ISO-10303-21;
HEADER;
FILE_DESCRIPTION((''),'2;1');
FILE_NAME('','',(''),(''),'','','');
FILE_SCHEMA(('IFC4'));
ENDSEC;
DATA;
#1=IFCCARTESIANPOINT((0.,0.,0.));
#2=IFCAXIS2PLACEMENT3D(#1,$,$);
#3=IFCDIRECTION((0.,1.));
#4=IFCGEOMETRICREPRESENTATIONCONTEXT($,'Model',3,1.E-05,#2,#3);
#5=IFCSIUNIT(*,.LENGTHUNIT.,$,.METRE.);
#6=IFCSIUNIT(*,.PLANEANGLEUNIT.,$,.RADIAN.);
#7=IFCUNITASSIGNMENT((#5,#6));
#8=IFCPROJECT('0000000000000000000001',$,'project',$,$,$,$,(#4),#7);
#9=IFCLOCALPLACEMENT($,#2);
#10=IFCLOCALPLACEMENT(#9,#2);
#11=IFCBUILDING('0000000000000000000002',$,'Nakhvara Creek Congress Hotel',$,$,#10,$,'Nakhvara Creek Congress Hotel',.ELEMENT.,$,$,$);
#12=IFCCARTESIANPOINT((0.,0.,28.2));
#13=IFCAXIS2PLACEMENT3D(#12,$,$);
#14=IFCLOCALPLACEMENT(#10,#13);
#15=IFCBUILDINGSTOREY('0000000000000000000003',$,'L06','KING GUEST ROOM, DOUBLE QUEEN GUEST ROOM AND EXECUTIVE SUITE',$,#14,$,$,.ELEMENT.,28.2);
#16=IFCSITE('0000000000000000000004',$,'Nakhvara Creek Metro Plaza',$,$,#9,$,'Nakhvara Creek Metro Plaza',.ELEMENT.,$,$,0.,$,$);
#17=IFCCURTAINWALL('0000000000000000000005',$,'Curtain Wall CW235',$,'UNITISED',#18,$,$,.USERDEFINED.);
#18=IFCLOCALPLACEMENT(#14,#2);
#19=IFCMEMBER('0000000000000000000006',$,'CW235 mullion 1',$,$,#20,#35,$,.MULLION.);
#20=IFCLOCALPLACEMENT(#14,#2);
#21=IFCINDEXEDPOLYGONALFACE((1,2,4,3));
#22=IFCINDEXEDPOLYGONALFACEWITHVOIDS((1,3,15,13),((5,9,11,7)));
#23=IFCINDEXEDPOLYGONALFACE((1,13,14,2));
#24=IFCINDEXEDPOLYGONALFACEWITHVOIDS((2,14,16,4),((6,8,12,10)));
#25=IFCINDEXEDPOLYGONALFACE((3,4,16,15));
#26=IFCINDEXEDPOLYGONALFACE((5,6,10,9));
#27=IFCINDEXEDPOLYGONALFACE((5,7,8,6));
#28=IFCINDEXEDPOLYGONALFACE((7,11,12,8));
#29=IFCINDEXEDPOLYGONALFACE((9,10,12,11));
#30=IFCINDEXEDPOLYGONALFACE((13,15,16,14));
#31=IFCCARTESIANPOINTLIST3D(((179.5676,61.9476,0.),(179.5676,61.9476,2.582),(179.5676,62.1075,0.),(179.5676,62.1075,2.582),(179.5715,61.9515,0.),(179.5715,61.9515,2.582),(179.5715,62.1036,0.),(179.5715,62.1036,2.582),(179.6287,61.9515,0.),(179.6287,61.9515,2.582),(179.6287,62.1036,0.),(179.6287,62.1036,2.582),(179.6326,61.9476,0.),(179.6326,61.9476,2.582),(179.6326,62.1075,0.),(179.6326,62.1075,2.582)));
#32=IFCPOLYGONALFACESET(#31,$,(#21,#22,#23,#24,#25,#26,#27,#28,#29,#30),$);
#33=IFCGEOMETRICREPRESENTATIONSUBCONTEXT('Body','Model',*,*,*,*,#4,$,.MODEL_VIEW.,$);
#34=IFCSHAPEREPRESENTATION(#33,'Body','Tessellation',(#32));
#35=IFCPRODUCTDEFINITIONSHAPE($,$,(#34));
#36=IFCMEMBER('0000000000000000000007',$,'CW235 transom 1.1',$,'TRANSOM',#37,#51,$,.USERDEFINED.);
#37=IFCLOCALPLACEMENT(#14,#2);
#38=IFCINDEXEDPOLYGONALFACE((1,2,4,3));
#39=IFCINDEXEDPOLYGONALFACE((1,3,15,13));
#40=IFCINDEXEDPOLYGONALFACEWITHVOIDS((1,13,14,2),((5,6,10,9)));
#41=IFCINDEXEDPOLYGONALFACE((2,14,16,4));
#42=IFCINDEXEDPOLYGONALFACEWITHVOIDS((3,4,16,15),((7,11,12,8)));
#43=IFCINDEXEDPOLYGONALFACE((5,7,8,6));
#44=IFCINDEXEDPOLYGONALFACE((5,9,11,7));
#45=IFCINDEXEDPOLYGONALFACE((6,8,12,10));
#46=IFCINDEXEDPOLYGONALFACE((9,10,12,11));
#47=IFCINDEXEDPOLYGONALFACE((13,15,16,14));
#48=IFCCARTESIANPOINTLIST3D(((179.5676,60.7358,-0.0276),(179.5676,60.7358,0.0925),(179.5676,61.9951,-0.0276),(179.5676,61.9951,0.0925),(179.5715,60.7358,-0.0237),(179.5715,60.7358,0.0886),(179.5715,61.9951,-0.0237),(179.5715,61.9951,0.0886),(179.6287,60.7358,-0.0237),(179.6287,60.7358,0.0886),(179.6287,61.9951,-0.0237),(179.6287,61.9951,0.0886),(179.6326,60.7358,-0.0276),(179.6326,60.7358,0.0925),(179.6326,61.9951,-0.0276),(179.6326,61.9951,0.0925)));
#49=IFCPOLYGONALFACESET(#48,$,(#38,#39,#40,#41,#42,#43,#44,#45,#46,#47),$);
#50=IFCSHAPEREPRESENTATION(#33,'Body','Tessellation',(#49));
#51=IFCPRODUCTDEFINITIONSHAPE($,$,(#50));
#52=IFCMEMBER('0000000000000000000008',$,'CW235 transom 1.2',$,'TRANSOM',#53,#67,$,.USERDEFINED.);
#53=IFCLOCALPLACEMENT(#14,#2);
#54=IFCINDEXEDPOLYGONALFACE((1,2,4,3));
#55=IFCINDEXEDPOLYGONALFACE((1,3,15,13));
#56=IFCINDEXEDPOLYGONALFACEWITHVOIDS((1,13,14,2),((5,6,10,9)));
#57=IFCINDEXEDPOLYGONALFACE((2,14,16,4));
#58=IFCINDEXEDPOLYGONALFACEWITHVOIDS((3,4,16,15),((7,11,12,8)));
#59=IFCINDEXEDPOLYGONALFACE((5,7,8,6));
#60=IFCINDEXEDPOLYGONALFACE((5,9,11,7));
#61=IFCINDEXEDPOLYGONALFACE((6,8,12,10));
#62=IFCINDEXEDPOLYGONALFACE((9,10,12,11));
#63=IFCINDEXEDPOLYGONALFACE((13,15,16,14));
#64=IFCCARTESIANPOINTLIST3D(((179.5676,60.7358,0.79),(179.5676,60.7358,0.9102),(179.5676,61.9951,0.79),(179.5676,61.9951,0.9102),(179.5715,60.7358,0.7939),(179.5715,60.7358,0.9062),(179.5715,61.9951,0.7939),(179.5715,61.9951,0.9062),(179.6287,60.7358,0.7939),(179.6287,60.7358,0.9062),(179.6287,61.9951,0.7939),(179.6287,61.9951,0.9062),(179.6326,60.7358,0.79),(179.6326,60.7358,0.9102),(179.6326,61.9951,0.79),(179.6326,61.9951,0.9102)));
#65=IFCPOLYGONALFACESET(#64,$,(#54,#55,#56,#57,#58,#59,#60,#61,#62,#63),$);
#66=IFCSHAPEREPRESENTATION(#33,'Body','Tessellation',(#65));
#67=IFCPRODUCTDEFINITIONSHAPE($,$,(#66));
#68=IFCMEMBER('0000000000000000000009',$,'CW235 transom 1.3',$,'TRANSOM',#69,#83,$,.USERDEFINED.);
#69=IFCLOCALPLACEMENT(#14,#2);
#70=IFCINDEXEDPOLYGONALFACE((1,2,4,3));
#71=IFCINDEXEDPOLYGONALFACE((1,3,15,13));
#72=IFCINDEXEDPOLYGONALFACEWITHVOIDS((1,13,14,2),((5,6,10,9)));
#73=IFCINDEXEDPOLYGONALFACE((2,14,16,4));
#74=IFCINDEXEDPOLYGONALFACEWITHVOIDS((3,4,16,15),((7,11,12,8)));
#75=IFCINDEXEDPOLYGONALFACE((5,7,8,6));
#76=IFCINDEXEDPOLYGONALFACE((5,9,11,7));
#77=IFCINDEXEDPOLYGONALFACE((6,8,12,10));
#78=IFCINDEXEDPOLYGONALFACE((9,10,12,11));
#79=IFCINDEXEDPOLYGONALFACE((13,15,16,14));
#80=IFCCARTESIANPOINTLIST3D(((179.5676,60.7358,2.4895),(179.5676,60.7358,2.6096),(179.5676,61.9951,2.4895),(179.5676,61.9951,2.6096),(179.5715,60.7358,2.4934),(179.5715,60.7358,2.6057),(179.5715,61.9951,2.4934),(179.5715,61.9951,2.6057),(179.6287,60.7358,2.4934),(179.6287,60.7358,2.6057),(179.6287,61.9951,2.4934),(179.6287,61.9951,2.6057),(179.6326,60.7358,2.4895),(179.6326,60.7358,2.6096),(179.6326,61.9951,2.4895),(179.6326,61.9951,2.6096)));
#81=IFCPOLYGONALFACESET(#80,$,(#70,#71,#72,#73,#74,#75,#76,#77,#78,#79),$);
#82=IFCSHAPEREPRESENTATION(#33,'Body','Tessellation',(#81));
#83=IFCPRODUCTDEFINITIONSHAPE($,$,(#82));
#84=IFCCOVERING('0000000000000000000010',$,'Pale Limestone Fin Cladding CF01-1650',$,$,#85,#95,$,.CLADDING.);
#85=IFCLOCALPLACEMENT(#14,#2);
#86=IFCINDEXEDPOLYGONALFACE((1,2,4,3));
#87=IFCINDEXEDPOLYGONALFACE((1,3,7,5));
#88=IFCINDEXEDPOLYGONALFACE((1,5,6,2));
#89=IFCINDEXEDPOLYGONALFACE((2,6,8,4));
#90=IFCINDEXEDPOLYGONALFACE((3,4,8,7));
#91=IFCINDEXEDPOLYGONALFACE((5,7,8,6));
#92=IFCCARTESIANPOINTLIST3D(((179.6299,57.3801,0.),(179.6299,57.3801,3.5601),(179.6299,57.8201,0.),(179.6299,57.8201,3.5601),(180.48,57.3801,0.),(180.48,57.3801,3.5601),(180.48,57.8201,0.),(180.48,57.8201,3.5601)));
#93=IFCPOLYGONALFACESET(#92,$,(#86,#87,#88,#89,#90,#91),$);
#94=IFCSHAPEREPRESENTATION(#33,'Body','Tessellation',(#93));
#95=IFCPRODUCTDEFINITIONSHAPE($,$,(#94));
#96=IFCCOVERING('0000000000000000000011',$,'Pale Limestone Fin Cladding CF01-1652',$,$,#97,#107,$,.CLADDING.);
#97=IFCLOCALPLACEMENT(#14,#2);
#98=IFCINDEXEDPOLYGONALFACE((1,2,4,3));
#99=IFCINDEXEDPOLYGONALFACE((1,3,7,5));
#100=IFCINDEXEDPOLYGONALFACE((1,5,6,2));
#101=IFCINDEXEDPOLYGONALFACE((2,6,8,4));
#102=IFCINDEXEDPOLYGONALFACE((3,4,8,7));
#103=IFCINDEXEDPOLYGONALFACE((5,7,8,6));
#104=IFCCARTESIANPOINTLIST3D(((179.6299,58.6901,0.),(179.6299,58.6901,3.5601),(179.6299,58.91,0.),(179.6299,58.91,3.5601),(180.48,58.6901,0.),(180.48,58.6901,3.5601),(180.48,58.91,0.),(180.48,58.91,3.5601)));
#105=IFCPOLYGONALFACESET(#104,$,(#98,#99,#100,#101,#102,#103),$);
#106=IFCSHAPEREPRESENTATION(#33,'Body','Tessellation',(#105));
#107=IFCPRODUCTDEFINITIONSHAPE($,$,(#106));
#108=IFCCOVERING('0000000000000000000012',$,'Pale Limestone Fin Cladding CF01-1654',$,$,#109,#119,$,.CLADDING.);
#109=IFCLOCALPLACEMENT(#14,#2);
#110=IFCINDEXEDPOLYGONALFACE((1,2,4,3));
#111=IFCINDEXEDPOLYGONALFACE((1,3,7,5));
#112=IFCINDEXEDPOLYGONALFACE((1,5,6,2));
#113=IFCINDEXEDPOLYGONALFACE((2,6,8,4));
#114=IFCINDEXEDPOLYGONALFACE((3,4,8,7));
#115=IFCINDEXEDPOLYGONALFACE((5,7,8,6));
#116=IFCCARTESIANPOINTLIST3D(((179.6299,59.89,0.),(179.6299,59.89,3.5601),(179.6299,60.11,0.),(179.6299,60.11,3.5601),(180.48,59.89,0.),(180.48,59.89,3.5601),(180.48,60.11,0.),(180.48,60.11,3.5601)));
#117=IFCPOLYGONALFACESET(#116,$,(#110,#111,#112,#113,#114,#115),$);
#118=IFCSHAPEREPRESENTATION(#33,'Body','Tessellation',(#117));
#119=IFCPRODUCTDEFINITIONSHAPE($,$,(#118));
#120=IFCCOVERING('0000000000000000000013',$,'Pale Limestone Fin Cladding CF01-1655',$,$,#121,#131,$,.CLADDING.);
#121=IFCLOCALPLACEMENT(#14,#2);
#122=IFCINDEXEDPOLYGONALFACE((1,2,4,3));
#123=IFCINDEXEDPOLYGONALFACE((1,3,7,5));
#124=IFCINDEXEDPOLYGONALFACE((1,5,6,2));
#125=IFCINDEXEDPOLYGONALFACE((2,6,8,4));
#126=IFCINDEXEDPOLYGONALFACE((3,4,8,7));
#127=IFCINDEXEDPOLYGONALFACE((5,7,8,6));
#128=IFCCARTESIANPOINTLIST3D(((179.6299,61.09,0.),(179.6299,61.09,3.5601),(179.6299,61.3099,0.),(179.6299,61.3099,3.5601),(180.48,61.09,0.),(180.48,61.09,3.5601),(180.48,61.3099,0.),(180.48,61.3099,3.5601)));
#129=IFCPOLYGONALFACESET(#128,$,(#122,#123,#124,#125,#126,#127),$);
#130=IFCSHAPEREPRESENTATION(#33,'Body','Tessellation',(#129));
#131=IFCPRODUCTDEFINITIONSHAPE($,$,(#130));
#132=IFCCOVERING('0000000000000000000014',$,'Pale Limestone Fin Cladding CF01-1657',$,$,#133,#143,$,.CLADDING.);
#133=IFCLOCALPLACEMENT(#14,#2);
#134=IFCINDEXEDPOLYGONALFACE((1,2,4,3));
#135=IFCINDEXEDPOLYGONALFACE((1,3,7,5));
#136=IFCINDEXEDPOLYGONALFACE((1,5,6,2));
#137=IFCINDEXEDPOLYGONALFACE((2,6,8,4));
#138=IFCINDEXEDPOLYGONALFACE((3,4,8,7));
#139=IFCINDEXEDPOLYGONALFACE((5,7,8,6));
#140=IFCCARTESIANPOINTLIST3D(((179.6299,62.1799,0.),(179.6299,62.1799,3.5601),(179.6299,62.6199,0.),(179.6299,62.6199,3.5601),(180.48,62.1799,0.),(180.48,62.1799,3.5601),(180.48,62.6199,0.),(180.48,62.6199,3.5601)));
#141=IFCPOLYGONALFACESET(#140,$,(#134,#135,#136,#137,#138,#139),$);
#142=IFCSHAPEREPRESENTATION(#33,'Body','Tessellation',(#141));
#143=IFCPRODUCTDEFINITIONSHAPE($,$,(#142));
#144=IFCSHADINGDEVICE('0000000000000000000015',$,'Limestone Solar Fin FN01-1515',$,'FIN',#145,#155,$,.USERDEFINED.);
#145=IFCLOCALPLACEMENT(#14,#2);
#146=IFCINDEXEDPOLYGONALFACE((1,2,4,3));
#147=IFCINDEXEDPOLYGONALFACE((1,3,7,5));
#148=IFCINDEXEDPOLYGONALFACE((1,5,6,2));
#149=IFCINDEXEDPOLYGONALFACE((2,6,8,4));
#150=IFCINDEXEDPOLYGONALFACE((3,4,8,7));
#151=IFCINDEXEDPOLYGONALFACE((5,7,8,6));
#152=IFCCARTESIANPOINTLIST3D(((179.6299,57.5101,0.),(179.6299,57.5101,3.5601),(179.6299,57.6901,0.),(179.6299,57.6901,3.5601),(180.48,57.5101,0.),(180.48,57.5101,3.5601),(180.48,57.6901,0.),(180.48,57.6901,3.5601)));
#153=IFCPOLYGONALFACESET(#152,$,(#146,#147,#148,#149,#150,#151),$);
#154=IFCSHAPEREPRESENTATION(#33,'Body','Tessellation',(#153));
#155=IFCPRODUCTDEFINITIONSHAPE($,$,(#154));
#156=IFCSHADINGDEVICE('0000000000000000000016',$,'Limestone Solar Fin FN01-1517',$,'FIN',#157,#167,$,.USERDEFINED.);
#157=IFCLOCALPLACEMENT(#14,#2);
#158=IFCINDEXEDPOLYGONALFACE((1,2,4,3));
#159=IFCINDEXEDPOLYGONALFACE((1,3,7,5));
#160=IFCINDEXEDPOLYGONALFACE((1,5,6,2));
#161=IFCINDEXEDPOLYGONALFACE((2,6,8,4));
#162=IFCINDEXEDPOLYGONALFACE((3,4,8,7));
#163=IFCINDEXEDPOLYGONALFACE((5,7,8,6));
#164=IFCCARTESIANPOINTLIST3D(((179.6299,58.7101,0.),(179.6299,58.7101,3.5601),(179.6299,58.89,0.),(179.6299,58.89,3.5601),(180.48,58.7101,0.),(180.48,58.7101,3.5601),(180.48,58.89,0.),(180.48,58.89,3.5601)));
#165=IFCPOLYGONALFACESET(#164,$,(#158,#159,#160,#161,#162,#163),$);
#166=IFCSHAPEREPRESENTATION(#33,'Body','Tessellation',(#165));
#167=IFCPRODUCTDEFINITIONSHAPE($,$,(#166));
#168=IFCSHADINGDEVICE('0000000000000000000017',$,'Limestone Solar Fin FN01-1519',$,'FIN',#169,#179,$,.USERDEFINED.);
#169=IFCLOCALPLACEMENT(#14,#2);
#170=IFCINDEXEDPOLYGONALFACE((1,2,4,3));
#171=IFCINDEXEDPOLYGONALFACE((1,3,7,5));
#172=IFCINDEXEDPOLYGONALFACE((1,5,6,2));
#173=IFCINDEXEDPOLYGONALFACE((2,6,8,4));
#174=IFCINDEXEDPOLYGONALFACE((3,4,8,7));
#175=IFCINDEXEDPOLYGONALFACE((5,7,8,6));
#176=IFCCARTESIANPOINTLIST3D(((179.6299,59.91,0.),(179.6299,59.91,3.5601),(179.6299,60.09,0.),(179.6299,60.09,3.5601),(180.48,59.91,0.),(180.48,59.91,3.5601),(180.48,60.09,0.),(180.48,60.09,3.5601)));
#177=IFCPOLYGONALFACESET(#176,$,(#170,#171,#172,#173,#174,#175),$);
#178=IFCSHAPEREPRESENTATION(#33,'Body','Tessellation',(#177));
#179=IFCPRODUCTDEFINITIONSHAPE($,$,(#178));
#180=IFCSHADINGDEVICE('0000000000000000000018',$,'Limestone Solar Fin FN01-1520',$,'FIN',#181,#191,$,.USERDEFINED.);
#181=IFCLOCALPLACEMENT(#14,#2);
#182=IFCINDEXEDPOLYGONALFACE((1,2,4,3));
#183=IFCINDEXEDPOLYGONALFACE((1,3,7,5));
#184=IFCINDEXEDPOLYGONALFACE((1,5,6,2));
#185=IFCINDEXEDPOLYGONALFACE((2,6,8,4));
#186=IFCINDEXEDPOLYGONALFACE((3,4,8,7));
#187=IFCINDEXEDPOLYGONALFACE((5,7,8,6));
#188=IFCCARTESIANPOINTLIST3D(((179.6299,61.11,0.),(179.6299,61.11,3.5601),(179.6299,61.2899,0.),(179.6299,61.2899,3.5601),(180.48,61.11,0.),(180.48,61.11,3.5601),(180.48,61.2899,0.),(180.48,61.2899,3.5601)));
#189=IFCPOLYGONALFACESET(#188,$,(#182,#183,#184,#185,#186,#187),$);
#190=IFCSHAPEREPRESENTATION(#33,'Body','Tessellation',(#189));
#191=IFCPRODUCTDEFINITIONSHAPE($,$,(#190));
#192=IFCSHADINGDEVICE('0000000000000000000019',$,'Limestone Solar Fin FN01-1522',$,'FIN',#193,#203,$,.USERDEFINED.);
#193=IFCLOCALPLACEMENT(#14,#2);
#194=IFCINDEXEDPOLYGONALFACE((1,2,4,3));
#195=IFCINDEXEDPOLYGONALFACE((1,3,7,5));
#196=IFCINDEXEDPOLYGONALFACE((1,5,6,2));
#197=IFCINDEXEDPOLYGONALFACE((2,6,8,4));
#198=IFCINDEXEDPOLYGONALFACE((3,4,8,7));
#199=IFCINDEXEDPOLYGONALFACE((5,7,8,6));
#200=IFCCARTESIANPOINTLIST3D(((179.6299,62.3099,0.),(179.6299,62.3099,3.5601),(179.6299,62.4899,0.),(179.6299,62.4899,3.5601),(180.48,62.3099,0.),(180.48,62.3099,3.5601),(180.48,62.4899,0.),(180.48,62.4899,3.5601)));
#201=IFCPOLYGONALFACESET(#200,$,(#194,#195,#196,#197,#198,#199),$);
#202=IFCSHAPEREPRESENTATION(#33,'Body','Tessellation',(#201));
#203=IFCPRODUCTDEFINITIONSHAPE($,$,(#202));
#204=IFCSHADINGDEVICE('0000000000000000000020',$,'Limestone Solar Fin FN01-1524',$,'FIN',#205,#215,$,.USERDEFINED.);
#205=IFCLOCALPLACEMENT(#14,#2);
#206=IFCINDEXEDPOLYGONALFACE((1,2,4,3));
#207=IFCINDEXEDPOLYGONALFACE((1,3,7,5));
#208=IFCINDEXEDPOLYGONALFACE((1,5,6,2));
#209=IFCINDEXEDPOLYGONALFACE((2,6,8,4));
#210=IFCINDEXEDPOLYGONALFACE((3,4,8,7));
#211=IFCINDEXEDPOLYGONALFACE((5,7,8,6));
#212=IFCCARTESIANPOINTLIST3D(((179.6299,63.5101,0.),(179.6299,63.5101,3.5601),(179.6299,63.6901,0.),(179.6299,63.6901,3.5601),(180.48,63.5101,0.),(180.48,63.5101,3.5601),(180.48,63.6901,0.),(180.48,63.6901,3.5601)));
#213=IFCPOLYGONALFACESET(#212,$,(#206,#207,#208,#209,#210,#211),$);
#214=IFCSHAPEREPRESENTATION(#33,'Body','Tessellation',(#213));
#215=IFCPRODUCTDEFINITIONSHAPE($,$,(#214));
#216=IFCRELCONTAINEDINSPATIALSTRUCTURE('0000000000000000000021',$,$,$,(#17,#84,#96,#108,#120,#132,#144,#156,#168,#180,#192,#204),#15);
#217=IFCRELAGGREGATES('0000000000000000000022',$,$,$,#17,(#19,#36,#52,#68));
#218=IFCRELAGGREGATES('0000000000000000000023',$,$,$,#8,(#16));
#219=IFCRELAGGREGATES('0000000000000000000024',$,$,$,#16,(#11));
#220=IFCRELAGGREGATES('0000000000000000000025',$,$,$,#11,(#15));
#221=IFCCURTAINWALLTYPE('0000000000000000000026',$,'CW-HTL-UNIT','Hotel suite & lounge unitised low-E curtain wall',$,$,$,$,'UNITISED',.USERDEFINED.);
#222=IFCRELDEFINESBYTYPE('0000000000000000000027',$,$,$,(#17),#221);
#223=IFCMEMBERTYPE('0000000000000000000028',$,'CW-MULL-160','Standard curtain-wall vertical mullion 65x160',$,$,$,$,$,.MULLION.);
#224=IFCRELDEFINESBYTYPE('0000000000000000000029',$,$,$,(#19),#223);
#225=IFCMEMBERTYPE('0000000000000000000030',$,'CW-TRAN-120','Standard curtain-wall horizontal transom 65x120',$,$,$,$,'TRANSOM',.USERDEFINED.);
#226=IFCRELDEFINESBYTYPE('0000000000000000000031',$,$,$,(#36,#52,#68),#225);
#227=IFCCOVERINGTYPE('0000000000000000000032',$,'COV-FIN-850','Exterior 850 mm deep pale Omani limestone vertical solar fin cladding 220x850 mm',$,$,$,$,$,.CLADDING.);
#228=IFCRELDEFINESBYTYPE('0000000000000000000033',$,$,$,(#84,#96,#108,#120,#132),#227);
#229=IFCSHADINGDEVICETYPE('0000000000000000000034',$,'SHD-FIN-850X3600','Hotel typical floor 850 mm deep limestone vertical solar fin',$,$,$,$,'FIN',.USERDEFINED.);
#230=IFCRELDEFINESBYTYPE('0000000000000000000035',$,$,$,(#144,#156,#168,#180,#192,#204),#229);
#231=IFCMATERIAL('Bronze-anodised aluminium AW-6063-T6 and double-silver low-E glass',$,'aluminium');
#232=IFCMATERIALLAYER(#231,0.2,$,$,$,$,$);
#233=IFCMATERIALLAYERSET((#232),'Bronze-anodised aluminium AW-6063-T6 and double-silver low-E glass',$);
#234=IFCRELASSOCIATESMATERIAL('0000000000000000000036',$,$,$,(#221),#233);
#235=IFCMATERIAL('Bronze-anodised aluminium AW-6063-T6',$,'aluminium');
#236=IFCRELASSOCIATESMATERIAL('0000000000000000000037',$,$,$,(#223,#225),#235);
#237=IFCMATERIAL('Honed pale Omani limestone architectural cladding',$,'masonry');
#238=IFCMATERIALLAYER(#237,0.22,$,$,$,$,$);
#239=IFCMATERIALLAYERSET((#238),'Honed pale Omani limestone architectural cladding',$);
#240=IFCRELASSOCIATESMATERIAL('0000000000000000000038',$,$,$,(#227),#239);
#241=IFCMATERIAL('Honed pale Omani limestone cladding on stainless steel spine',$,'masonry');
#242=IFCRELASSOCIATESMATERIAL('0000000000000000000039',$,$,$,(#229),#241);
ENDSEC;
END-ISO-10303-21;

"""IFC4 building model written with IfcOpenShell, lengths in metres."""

from ifc_helpers import new_model, si_unit, direction, frame, origin, origin_2d, place, context, subcontext, project, spatial, rectangle, hollow_rectangle, extrude, material, layer, layer_set, material_profile, profile_set, type_object, element, aggregate, save


model = new_model("IFC4")

# Units and contexts
model_context = context("Model", 3, precision=1e-05, world=origin(), true_north=direction((0.0, 1.0)))
body_context = subcontext(model_context, "Body", "Model", "MODEL_VIEW")
ifc_project = project(units=[si_unit("LENGTHUNIT", "METRE"), si_unit("PLANEANGLEUNIT", "RADIAN")], contexts=[model_context])

# Site, building, storey
site_placement = place(None, origin())
site = spatial("IfcSite", under=ifc_project, at=site_placement, Name="Nakhvara Creek Metro Plaza", LongName="Nakhvara Creek Metro Plaza", CompositionType="ELEMENT", RefElevation=0.0)
building_placement = place(site_placement, origin())
building = spatial("IfcBuilding", under=site, at=building_placement, Name="Nakhvara Creek Congress Hotel", LongName="Nakhvara Creek Congress Hotel", CompositionType="ELEMENT")
storey_placement = place(building_placement, frame((0.0, 0.0, 28.2)))
storey = spatial("IfcBuildingStorey", under=building, at=storey_placement, Name="L06", Description="KING GUEST ROOM, DOUBLE QUEEN GUEST ROOM AND EXECUTIVE SUITE", CompositionType="ELEMENT", Elevation=28.2)

# Curtain wall, members
ifc_material_1 = material(Name="Bronze-anodised aluminium AW-6063-T6 and double-silver low-E glass", Category="aluminium")
ifc_layer_1 = layer(ifc_material_1, 0.2)
ifc_layer_set_1 = layer_set([ifc_layer_1], Name="Bronze-anodised aluminium AW-6063-T6 and double-silver low-E glass")
curtain_wall_type = type_object("IfcCurtainWallType", Name="CW-HTL-UNIT", Description="Hotel suite & lounge unitised low-E curtain wall", ElementType="UNITISED", PredefinedType="USERDEFINED", material=ifc_layer_set_1)
curtain_wall_placement = place(storey_placement, origin())
curtain_wall = element("IfcCurtainWall", 1, at=curtain_wall_placement, inside=storey, type_object=curtain_wall_type, Name="Curtain Wall CW235", ObjectType="UNITISED", PredefinedType="USERDEFINED")
ifc_material_2 = material(Name="Bronze-anodised aluminium AW-6063-T6", Category="aluminium")
ifc_material_profile_1 = material_profile(ifc_material_2, hollow_rectangle(XDim=0.0649, YDim=0.1599, WallThickness=0.0039, at=origin_2d()), Name="ALU-MULL 65x160x4", Category="LoadBearing")
ifc_profile_set_1 = profile_set([ifc_material_profile_1], Name="Bronze-anodised aluminium AW-6063-T6")
member_type_1 = type_object("IfcMemberType", Name="CW-MULL-160", Description="Standard curtain-wall vertical mullion 65x160", PredefinedType="MULLION", material=ifc_profile_set_1)
member_1_placement = place(storey_placement, frame((179.6001, 62.0276, 0.0), z_axis=(0.0, 0.0, 1.0), x_axis=(1.0, 0.0, 0.0)))
member_1 = element("IfcMember", 2, at=member_1_placement, type_object=member_type_1, Name="CW235 mullion 1", PredefinedType="MULLION", context=body_context, shape_type="SweptSolid", body=[
    extrude(hollow_rectangle(XDim=0.0649, YDim=0.1599, WallThickness=0.0039, at=origin_2d()), origin(), (0.0, 0.0, 1.0), 2.582),
])
ifc_material_profile_2 = material_profile(ifc_material_2, hollow_rectangle(XDim=0.0649, YDim=0.1201, WallThickness=0.0039, at=origin_2d()), Name="ALU-TRAN 65x120x4", Category="LoadBearing")
ifc_profile_set_2 = profile_set([ifc_material_profile_2], Name="Bronze-anodised aluminium AW-6063-T6")
member_type_2 = type_object("IfcMemberType", Name="CW-TRAN-120", Description="Standard curtain-wall horizontal transom 65x120", ElementType="TRANSOM", PredefinedType="USERDEFINED", material=ifc_profile_set_2)
member_2_placement = place(storey_placement, frame((179.6001, 61.9951, 0.0325), z_axis=(0.0, -1.0, 0.0), x_axis=(1.0, 0.0, 0.0)))
member_2 = element("IfcMember", 3, at=member_2_placement, type_object=member_type_2, Name="CW235 transom 1.1", ObjectType="TRANSOM", PredefinedType="USERDEFINED", context=body_context, shape_type="SweptSolid", body=[
    extrude(hollow_rectangle(XDim=0.0649, YDim=0.1201, WallThickness=0.0039, at=origin_2d()), origin(), (0.0, 0.0, 1.0), 1.2593),
])
member_3_placement = place(storey_placement, frame((179.6001, 61.9951, 0.8501), z_axis=(0.0, -1.0, 0.0), x_axis=(1.0, 0.0, 0.0)))
member_3 = element("IfcMember", 4, at=member_3_placement, type_object=member_type_2, Name="CW235 transom 1.2", ObjectType="TRANSOM", PredefinedType="USERDEFINED", context=body_context, shape_type="SweptSolid", body=[
    extrude(hollow_rectangle(XDim=0.0649, YDim=0.1201, WallThickness=0.0039, at=origin_2d()), origin(), (0.0, 0.0, 1.0), 1.2593),
])
member_4_placement = place(storey_placement, frame((179.6001, 61.9951, 2.5496), z_axis=(0.0, -1.0, 0.0), x_axis=(1.0, 0.0, 0.0)))
member_4 = element("IfcMember", 5, at=member_4_placement, type_object=member_type_2, Name="CW235 transom 1.3", ObjectType="TRANSOM", PredefinedType="USERDEFINED", context=body_context, shape_type="SweptSolid", body=[
    extrude(hollow_rectangle(XDim=0.0649, YDim=0.1201, WallThickness=0.0039, at=origin_2d()), origin(), (0.0, 0.0, 1.0), 1.2593),
])
aggregate(curtain_wall, [member_1, member_2, member_3, member_4])

# Coverings
ifc_material_3 = material(Name="Honed pale Omani limestone architectural cladding", Category="masonry")
ifc_layer_2 = layer(ifc_material_3, 0.22)
ifc_layer_set_2 = layer_set([ifc_layer_2], Name="Honed pale Omani limestone architectural cladding")
covering_type = type_object("IfcCoveringType", Name="COV-FIN-850", Description="Exterior 850 mm deep pale Omani limestone vertical solar fin cladding 220x850 mm", PredefinedType="CLADDING", material=ifc_layer_set_2)
covering_1_placement = place(storey_placement, frame((180.0549, 57.6001, 0.0), z_axis=(0.0, 0.0, 1.0), x_axis=(0.0, 1.0, 0.0)))
element("IfcCovering", 6, at=covering_1_placement, inside=storey, type_object=covering_type, Name="Pale Limestone Fin Cladding CF01-1650", PredefinedType="CLADDING", context=body_context, shape_type="SweptSolid", body=[
    extrude(rectangle(XDim=0.4399, YDim=0.8501, at=origin_2d()), origin(), (0.0, 0.0, 1.0), 3.5601),
])
for number, where, z_axis, x_axis, name in (
    (7, (180.0549, 58.8, 0.0), (0.0, 0.0, 1.0), (0.0, 1.0, 0.0), "Pale Limestone Fin Cladding CF01-1652"),
    (8, (180.0549, 60.0, 0.0), (0.0, 0.0, 1.0), (0.0, 1.0, 0.0), "Pale Limestone Fin Cladding CF01-1654"),
    (9, (180.0549, 61.2, 0.0), (0.0, 0.0, 1.0), (0.0, 1.0, 0.0), "Pale Limestone Fin Cladding CF01-1655"),
):
    element("IfcCovering", number, at=place(storey_placement, frame(where, z_axis=z_axis, x_axis=x_axis)), inside=storey, type_object=covering_type, Name=name, PredefinedType="CLADDING", context=body_context, shape_type="SweptSolid", body=[
        extrude(rectangle(XDim=0.22, YDim=0.8501, at=origin_2d()), origin(), (0.0, 0.0, 1.0), 3.5601),
    ])
covering_2_placement = place(storey_placement, frame((180.0549, 62.3999, 0.0), z_axis=(0.0, 0.0, 1.0), x_axis=(0.0, 1.0, 0.0)))
element("IfcCovering", 10, at=covering_2_placement, inside=storey, type_object=covering_type, Name="Pale Limestone Fin Cladding CF01-1657", PredefinedType="CLADDING", context=body_context, shape_type="SweptSolid", body=[
    extrude(rectangle(XDim=0.4399, YDim=0.8501, at=origin_2d()), origin(), (0.0, 0.0, 1.0), 3.5601),
])

# Shading devices
ifc_material_4 = material(Name="Honed pale Omani limestone cladding on stainless steel spine", Category="masonry")
shading_device_type = type_object("IfcShadingDeviceType", Name="SHD-FIN-850X3600", Description="Hotel typical floor 850 mm deep limestone vertical solar fin", ElementType="FIN", PredefinedType="USERDEFINED", material=ifc_material_4)
for number, where, z_axis, x_axis, name in (
    (11, (180.0549, 57.6001, 0.0), (0.0, 0.0, 1.0), (0.0, 1.0, 0.0), "Limestone Solar Fin FN01-1515"),
    (12, (180.0549, 58.8, 0.0), (0.0, 0.0, 1.0), (0.0, 1.0, 0.0), "Limestone Solar Fin FN01-1517"),
    (13, (180.0549, 60.0, 0.0), (0.0, 0.0, 1.0), (0.0, 1.0, 0.0), "Limestone Solar Fin FN01-1519"),
    (14, (180.0549, 61.2, 0.0), (0.0, 0.0, 1.0), (0.0, 1.0, 0.0), "Limestone Solar Fin FN01-1520"),
    (15, (180.0549, 62.3999, 0.0), (0.0, 0.0, 1.0), (0.0, 1.0, 0.0), "Limestone Solar Fin FN01-1522"),
    (16, (180.0549, 63.6001, 0.0), (0.0, 0.0, 1.0), (0.0, 1.0, 0.0), "Limestone Solar Fin FN01-1524"),
):
    element("IfcShadingDevice", number, at=place(storey_placement, frame(where, z_axis=z_axis, x_axis=x_axis)), inside=storey, type_object=shading_device_type, Name=name, ObjectType="FIN", PredefinedType="USERDEFINED", context=body_context, shape_type="SweptSolid", body=[
        extrude(rectangle(XDim=0.1799, YDim=0.8501, at=origin_2d()), origin(), (0.0, 0.0, 1.0), 3.5601),
    ])

save(model, "model.ifc")
